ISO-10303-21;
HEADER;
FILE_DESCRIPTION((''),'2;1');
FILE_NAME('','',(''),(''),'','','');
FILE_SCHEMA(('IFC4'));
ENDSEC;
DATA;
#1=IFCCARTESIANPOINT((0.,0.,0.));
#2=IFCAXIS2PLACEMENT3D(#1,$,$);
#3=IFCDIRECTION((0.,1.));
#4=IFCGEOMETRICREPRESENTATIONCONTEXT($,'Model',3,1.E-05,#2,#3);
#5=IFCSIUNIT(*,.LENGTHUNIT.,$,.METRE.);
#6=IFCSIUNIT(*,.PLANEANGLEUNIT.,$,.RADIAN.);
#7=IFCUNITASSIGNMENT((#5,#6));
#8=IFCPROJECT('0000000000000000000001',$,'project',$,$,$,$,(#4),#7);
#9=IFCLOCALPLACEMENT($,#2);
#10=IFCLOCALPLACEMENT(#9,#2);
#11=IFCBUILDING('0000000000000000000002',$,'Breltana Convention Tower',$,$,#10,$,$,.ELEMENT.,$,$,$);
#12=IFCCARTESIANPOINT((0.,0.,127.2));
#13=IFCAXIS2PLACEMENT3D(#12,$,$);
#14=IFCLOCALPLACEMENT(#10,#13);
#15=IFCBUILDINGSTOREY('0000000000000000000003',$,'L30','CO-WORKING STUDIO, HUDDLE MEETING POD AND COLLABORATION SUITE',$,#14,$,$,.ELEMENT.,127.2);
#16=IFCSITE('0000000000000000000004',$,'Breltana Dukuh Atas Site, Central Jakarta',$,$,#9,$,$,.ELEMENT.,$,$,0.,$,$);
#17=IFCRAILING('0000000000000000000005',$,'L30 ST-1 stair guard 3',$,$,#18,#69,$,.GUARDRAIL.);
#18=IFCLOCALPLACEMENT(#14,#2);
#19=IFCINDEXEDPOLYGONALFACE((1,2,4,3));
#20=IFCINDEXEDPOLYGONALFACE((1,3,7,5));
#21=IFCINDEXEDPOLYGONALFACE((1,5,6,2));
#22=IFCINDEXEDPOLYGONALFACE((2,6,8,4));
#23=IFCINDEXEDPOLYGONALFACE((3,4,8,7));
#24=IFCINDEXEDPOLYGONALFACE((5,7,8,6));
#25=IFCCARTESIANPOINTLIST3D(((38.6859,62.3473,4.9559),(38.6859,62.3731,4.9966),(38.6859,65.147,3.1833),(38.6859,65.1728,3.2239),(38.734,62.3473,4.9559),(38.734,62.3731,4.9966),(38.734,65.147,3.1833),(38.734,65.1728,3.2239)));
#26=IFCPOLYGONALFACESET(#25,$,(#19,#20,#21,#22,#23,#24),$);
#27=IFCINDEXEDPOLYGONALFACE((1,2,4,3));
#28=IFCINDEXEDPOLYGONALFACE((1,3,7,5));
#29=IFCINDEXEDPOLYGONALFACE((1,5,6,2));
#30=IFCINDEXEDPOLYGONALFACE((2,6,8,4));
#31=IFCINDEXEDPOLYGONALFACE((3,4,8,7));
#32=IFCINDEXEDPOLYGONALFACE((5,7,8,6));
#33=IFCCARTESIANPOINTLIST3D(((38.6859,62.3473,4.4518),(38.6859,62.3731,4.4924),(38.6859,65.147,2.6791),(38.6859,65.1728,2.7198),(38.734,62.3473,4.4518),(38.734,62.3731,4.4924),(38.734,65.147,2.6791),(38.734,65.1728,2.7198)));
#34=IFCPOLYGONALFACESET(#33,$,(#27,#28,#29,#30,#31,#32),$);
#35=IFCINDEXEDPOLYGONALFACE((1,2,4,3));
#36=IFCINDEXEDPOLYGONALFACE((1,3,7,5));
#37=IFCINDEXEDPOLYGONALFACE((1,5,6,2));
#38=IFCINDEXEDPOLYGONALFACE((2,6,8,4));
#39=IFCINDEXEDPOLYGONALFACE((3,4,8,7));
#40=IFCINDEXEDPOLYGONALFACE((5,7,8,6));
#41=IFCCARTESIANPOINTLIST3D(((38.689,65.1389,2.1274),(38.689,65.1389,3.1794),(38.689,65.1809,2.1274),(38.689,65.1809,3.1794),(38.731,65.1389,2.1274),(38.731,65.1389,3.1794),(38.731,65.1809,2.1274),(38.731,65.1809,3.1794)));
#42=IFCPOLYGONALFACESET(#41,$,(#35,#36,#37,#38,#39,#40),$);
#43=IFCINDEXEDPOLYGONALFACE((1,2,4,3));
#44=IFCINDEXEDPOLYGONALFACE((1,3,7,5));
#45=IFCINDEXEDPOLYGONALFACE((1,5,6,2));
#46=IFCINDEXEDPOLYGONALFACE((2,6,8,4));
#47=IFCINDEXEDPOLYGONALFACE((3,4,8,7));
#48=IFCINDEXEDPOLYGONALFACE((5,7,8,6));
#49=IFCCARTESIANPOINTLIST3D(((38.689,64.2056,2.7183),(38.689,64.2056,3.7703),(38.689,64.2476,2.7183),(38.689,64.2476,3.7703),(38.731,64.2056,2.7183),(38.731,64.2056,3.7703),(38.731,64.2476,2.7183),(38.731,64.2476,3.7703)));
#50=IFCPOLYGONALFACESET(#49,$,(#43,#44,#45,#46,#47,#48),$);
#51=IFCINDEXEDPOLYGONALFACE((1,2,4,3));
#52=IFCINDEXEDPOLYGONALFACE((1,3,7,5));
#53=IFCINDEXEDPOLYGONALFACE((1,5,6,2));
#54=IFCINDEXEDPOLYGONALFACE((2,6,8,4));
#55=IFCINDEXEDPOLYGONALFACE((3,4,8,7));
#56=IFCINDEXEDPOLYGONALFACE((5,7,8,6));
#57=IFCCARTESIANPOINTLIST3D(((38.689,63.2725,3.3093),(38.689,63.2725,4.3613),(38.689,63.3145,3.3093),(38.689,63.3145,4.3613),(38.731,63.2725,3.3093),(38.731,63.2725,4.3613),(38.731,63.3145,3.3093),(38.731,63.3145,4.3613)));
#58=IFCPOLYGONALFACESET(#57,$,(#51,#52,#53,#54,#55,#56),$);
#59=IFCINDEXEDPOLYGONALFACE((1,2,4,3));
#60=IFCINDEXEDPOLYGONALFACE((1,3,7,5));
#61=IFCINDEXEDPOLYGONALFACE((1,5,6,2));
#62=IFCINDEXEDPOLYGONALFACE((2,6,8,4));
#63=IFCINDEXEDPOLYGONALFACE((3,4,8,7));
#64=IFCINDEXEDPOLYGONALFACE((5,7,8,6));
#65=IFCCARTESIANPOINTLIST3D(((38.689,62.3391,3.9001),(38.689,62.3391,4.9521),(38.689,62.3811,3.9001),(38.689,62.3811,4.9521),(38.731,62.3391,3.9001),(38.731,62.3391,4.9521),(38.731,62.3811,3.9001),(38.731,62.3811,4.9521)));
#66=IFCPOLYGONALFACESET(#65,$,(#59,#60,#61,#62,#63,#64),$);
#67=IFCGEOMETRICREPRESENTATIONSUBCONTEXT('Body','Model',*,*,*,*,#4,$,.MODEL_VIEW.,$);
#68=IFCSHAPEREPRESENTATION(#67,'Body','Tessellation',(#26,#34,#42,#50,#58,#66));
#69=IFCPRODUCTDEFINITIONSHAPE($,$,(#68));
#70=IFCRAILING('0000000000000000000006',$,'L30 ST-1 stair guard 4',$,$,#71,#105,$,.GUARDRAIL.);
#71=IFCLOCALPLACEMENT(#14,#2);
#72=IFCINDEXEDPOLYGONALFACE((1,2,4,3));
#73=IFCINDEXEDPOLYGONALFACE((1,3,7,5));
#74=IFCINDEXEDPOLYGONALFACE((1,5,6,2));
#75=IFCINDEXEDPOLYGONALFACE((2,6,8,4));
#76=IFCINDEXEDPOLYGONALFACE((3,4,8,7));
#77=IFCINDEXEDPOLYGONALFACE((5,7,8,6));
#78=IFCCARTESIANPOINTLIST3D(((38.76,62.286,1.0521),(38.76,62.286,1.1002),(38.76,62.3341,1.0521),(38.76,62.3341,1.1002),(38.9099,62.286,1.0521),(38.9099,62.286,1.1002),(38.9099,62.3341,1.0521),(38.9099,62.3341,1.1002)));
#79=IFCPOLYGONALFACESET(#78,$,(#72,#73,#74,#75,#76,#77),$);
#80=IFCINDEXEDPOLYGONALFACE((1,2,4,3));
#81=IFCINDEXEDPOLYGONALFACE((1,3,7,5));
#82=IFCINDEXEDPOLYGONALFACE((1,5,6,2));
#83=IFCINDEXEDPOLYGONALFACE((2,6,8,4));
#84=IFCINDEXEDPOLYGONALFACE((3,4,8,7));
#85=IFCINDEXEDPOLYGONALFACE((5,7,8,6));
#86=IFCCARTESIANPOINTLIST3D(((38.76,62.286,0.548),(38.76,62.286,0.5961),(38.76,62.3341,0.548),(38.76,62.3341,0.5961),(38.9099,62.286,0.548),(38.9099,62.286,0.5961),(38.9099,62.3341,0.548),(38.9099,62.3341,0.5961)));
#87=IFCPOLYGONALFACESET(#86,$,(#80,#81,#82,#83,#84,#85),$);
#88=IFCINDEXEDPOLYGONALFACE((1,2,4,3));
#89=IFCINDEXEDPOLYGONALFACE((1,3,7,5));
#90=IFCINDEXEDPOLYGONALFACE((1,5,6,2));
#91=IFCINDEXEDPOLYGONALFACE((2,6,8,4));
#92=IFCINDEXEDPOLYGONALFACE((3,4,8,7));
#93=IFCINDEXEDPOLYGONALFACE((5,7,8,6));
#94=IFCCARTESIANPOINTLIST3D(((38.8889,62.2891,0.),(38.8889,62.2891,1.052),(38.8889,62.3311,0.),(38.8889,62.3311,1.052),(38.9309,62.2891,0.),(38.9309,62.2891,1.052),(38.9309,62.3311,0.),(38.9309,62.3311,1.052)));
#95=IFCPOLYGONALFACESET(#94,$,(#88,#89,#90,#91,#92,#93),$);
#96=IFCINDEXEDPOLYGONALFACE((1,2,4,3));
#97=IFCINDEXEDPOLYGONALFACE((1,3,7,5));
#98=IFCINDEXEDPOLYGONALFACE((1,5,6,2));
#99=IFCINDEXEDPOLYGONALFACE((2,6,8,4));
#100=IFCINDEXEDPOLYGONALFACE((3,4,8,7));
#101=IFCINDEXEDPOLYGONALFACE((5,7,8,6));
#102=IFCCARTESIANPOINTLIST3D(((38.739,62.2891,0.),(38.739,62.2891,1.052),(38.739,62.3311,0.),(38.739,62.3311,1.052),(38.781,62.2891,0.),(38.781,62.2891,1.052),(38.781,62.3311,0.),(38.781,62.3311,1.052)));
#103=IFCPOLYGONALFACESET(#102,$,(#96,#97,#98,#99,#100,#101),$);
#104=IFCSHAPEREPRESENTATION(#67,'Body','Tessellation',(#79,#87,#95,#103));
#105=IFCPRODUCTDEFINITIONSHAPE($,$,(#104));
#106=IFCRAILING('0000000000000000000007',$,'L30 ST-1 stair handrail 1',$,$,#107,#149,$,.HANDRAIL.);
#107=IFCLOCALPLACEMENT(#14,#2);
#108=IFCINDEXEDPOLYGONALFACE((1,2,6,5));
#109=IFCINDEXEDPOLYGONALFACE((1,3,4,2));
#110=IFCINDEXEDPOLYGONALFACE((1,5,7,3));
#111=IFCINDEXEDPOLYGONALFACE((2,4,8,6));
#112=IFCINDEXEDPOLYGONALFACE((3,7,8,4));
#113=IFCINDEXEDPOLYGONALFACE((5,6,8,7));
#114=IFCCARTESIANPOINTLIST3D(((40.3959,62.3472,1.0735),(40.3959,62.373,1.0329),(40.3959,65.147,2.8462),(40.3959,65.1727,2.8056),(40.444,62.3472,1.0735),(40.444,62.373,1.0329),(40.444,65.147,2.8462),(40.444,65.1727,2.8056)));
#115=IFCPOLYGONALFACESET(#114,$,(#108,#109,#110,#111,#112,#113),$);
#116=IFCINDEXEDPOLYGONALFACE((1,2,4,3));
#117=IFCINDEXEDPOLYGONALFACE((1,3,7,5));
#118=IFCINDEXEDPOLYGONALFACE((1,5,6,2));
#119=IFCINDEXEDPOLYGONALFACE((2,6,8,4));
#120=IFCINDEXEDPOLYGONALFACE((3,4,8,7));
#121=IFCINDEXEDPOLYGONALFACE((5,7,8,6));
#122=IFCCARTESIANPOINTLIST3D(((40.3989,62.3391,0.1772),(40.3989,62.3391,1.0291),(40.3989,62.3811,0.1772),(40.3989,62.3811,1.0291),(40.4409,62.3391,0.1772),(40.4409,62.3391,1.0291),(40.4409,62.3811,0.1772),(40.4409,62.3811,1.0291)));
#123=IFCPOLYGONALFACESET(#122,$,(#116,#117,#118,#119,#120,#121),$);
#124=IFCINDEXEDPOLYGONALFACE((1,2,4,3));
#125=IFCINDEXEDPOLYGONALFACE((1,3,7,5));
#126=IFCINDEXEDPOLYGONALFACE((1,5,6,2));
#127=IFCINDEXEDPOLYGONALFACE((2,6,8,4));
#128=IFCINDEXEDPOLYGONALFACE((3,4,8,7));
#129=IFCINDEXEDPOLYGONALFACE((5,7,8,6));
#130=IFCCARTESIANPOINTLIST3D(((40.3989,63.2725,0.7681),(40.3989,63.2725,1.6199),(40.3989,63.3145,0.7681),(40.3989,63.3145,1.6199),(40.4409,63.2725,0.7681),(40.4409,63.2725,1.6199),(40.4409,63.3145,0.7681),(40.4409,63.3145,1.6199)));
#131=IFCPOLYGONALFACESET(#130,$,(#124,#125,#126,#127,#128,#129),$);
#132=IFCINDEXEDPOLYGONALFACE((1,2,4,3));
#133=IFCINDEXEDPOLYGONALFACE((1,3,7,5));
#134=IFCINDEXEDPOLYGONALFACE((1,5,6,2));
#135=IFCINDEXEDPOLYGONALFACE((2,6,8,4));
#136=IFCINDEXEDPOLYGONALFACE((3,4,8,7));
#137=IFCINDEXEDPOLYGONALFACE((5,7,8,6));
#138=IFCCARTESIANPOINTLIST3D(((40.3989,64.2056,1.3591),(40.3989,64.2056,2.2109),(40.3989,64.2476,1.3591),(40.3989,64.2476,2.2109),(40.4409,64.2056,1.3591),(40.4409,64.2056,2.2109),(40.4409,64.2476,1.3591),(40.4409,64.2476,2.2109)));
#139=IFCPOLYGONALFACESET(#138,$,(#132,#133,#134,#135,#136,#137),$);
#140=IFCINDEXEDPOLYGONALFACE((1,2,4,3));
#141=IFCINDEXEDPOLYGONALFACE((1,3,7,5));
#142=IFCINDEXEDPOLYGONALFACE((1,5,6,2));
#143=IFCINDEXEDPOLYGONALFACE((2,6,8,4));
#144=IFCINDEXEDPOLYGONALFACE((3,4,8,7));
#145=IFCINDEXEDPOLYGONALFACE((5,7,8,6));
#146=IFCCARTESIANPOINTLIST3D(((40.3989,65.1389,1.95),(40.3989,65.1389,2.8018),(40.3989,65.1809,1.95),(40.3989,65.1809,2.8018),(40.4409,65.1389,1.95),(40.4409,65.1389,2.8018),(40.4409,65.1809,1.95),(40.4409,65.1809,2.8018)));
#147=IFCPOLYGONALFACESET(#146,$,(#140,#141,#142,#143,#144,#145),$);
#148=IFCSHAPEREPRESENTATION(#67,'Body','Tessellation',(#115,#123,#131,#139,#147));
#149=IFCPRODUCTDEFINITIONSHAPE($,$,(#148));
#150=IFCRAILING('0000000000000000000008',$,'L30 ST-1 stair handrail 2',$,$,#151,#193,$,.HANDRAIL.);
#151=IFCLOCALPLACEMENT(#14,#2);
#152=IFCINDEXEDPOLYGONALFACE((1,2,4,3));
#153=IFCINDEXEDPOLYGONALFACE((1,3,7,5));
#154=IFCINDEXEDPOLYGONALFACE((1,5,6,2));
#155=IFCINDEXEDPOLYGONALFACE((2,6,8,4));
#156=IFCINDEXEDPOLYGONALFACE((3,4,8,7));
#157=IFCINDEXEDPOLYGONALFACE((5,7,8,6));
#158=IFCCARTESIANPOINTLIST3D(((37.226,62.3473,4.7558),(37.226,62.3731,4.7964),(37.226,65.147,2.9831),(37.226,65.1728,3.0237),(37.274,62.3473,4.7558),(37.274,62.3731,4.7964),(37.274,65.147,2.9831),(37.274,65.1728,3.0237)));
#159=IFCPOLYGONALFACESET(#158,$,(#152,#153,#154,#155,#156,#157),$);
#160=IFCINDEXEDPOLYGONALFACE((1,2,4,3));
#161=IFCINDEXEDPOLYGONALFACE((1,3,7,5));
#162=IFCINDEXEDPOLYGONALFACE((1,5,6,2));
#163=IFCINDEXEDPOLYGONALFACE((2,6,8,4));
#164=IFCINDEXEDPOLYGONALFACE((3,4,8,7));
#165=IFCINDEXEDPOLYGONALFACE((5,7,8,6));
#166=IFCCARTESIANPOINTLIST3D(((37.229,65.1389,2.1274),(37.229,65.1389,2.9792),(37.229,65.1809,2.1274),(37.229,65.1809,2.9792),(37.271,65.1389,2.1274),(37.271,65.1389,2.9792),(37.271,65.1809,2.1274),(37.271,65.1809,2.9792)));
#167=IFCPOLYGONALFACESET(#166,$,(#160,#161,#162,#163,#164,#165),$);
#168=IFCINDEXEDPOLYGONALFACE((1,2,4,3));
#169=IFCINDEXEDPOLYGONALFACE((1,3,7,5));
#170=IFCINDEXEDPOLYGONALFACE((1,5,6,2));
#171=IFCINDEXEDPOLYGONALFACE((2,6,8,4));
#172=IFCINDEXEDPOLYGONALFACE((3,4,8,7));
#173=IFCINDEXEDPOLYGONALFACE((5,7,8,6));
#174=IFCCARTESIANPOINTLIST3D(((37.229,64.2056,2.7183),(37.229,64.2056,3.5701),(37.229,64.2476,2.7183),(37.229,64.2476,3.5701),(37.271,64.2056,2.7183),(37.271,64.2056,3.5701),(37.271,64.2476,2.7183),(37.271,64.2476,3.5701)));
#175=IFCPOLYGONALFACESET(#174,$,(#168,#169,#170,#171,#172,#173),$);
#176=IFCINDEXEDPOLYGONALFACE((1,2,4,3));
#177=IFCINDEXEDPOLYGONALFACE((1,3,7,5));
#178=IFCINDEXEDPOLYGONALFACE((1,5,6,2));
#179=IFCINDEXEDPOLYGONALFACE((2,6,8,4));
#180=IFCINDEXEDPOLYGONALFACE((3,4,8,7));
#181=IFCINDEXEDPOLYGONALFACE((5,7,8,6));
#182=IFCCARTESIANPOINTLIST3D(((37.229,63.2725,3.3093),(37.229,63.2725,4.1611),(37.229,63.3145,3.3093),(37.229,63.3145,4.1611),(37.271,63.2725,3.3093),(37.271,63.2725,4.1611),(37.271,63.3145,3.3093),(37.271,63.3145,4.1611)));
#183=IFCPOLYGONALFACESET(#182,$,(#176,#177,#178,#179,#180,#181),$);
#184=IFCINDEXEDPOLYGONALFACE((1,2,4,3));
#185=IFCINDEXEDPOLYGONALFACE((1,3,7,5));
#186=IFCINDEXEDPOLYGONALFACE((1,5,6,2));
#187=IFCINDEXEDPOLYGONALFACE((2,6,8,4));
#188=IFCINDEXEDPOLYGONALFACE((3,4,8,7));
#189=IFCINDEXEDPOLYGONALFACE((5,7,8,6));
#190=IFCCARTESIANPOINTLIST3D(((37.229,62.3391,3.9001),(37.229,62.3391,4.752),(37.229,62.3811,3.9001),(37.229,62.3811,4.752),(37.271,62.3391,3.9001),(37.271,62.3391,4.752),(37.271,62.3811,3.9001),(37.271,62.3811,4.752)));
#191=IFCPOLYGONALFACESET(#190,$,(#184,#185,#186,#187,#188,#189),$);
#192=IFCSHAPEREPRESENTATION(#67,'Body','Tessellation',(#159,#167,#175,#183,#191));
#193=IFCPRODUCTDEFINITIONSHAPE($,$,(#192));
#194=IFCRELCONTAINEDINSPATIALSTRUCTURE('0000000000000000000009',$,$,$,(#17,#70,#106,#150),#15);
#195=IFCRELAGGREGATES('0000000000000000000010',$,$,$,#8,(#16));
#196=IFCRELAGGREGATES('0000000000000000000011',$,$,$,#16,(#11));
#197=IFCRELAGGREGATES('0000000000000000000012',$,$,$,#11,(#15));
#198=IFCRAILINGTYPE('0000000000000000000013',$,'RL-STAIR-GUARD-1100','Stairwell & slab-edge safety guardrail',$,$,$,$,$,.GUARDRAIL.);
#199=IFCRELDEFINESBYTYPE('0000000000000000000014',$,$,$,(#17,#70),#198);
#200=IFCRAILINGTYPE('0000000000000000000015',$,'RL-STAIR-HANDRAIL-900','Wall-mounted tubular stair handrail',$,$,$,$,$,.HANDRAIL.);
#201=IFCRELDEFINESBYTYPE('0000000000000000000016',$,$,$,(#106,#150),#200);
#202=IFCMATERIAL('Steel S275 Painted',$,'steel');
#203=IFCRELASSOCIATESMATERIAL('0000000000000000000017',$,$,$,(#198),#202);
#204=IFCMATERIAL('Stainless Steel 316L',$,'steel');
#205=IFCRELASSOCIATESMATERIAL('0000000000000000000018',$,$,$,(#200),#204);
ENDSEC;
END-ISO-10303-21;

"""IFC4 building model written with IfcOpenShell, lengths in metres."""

from ifc_helpers import new_model, si_unit, direction, frame, origin, origin_2d, place, context, subcontext, project, spatial, rectangle, extrude, material, type_object, element, save


model = new_model("IFC4")

# Units and contexts
model_context = context("Model", 3, precision=1e-05, world=origin(), true_north=direction((0.0, 1.0)))
body_context = subcontext(model_context, "Body", "Model", "MODEL_VIEW")
ifc_project = project(units=[si_unit("LENGTHUNIT", "METRE"), si_unit("PLANEANGLEUNIT", "RADIAN")], contexts=[model_context])

# Site, building, storey
site_placement = place(None, origin())
site = spatial("IfcSite", under=ifc_project, at=site_placement, Name="Breltana Dukuh Atas Site, Central Jakarta", CompositionType="ELEMENT", RefElevation=0.0)
building_placement = place(site_placement, origin())
building = spatial("IfcBuilding", under=site, at=building_placement, Name="Breltana Convention Tower", CompositionType="ELEMENT")
storey_placement = place(building_placement, frame((0.0, 0.0, 127.2)))
storey = spatial("IfcBuildingStorey", under=building, at=storey_placement, Name="L30", Description="CO-WORKING STUDIO, HUDDLE MEETING POD AND COLLABORATION SUITE", CompositionType="ELEMENT", Elevation=127.2)

# Railings
ifc_material_1 = material(Name="Steel S275 Painted", Category="steel")
railing_type_1 = type_object("IfcRailingType", Name="RL-STAIR-GUARD-1100", Description="Stairwell & slab-edge safety guardrail", PredefinedType="GUARDRAIL", material=ifc_material_1)
railing_1_placement = place(storey_placement, frame((38.71, 65.1599, 2.1274)))
element("IfcRailing", 1, at=railing_1_placement, inside=storey, type_object=railing_type_1, Name="L30 ST-1 stair guard 3", PredefinedType="GUARDRAIL", context=body_context, shape_type="SweptSolid", body=[
    extrude(rectangle(XDim=0.0481, YDim=0.0481, at=origin_2d()), frame((0.0, 0.0, 1.0762), z_axis=(0.0, -0.844888, 0.534943), x_axis=(1.0, 0.0, 0.0)), (0.0, 0.0, 1.0), 3.3137),
    extrude(rectangle(XDim=0.0481, YDim=0.0481, at=origin_2d()), frame((0.0, 0.0, 0.572), z_axis=(0.0, -0.844888, 0.534943), x_axis=(1.0, 0.0, 0.0)), (0.0, 0.0, 1.0), 3.3137),
    extrude(rectangle(XDim=0.042, YDim=0.042, at=origin_2d()), origin(), (0.0, 0.0, 1.0), 1.052),
    extrude(rectangle(XDim=0.042, YDim=0.042, at=origin_2d()), frame((0.0, -0.9333, 0.5908)), (0.0, 0.0, 1.0), 1.052),
    extrude(rectangle(XDim=0.042, YDim=0.042, at=origin_2d()), frame((0.0, -1.8665, 1.1819)), (0.0, 0.0, 1.0), 1.052),
    extrude(rectangle(XDim=0.042, YDim=0.042, at=origin_2d()), frame((0.0, -2.7998, 1.7727)), (0.0, 0.0, 1.0), 1.052),
])
railing_2_placement = place(storey_placement, frame((38.9099, 62.3101, 0.0)))
element("IfcRailing", 2, at=railing_2_placement, inside=storey, type_object=railing_type_1, Name="L30 ST-1 stair guard 4", PredefinedType="GUARDRAIL", context=body_context, shape_type="SweptSolid", body=[
    extrude(rectangle(XDim=0.0481, YDim=0.0481, at=origin_2d()), frame((0.0, 0.0, 1.0762), z_axis=(-1.0, 0.0, 0.0), x_axis=(0.0, -1.0, 0.0)), (0.0, 0.0, 1.0), 0.1499),
    extrude(rectangle(XDim=0.0481, YDim=0.0481, at=origin_2d()), frame((0.0, 0.0, 0.572), z_axis=(-1.0, 0.0, 0.0), x_axis=(0.0, -1.0, 0.0)), (0.0, 0.0, 1.0), 0.1499),
    extrude(rectangle(XDim=0.042, YDim=0.042, at=origin_2d()), origin(), (0.0, 0.0, 1.0), 1.052),
    extrude(rectangle(XDim=0.042, YDim=0.042, at=origin_2d()), frame((-0.1499, 0.0, 0.0)), (0.0, 0.0, 1.0), 1.052),
])
ifc_material_2 = material(Name="Stainless Steel 316L", Category="steel")
railing_type_2 = type_object("IfcRailingType", Name="RL-STAIR-HANDRAIL-900", Description="Wall-mounted tubular stair handrail", PredefinedType="HANDRAIL", material=ifc_material_2)
railing_3_placement = place(storey_placement, frame((40.4199, 62.3601, 0.1772)))
element("IfcRailing", 3, at=railing_3_placement, inside=storey, type_object=railing_type_2, Name="L30 ST-1 stair handrail 1", PredefinedType="HANDRAIL", context=body_context, shape_type="SweptSolid", body=[
    extrude(rectangle(XDim=0.0481, YDim=0.0481, at=origin_2d()), frame((0.0, 0.0, 0.876), z_axis=(0.0, 0.844888, 0.534943), x_axis=(-1.0, 0.0, 0.0)), (0.0, 0.0, 1.0), 3.3137),
    extrude(rectangle(XDim=0.042, YDim=0.042, at=origin_2d()), origin(), (0.0, 0.0, 1.0), 0.8518),
    extrude(rectangle(XDim=0.042, YDim=0.042, at=origin_2d()), frame((0.0, 0.9333, 0.5908)), (0.0, 0.0, 1.0), 0.8518),
    extrude(rectangle(XDim=0.042, YDim=0.042, at=origin_2d()), frame((0.0, 1.8665, 1.1819)), (0.0, 0.0, 1.0), 0.8518),
    extrude(rectangle(XDim=0.042, YDim=0.042, at=origin_2d()), frame((0.0, 2.7998, 1.7727)), (0.0, 0.0, 1.0), 0.8518),
])
railing_4_placement = place(storey_placement, frame((37.25, 65.1599, 2.1274)))
element("IfcRailing", 4, at=railing_4_placement, inside=storey, type_object=railing_type_2, Name="L30 ST-1 stair handrail 2", PredefinedType="HANDRAIL", context=body_context, shape_type="SweptSolid", body=[
    extrude(rectangle(XDim=0.0481, YDim=0.0481, at=origin_2d()), frame((0.0, 0.0, 0.876), z_axis=(0.0, -0.844888, 0.534943), x_axis=(1.0, 0.0, 0.0)), (0.0, 0.0, 1.0), 3.3137),
    extrude(rectangle(XDim=0.042, YDim=0.042, at=origin_2d()), origin(), (0.0, 0.0, 1.0), 0.8518),
    extrude(rectangle(XDim=0.042, YDim=0.042, at=origin_2d()), frame((0.0, -0.9333, 0.5908)), (0.0, 0.0, 1.0), 0.8518),
    extrude(rectangle(XDim=0.042, YDim=0.042, at=origin_2d()), frame((0.0, -1.8665, 1.1819)), (0.0, 0.0, 1.0), 0.8518),
    extrude(rectangle(XDim=0.042, YDim=0.042, at=origin_2d()), frame((0.0, -2.7998, 1.7727)), (0.0, 0.0, 1.0), 0.8518),
])

save(model, "model.ifc")
